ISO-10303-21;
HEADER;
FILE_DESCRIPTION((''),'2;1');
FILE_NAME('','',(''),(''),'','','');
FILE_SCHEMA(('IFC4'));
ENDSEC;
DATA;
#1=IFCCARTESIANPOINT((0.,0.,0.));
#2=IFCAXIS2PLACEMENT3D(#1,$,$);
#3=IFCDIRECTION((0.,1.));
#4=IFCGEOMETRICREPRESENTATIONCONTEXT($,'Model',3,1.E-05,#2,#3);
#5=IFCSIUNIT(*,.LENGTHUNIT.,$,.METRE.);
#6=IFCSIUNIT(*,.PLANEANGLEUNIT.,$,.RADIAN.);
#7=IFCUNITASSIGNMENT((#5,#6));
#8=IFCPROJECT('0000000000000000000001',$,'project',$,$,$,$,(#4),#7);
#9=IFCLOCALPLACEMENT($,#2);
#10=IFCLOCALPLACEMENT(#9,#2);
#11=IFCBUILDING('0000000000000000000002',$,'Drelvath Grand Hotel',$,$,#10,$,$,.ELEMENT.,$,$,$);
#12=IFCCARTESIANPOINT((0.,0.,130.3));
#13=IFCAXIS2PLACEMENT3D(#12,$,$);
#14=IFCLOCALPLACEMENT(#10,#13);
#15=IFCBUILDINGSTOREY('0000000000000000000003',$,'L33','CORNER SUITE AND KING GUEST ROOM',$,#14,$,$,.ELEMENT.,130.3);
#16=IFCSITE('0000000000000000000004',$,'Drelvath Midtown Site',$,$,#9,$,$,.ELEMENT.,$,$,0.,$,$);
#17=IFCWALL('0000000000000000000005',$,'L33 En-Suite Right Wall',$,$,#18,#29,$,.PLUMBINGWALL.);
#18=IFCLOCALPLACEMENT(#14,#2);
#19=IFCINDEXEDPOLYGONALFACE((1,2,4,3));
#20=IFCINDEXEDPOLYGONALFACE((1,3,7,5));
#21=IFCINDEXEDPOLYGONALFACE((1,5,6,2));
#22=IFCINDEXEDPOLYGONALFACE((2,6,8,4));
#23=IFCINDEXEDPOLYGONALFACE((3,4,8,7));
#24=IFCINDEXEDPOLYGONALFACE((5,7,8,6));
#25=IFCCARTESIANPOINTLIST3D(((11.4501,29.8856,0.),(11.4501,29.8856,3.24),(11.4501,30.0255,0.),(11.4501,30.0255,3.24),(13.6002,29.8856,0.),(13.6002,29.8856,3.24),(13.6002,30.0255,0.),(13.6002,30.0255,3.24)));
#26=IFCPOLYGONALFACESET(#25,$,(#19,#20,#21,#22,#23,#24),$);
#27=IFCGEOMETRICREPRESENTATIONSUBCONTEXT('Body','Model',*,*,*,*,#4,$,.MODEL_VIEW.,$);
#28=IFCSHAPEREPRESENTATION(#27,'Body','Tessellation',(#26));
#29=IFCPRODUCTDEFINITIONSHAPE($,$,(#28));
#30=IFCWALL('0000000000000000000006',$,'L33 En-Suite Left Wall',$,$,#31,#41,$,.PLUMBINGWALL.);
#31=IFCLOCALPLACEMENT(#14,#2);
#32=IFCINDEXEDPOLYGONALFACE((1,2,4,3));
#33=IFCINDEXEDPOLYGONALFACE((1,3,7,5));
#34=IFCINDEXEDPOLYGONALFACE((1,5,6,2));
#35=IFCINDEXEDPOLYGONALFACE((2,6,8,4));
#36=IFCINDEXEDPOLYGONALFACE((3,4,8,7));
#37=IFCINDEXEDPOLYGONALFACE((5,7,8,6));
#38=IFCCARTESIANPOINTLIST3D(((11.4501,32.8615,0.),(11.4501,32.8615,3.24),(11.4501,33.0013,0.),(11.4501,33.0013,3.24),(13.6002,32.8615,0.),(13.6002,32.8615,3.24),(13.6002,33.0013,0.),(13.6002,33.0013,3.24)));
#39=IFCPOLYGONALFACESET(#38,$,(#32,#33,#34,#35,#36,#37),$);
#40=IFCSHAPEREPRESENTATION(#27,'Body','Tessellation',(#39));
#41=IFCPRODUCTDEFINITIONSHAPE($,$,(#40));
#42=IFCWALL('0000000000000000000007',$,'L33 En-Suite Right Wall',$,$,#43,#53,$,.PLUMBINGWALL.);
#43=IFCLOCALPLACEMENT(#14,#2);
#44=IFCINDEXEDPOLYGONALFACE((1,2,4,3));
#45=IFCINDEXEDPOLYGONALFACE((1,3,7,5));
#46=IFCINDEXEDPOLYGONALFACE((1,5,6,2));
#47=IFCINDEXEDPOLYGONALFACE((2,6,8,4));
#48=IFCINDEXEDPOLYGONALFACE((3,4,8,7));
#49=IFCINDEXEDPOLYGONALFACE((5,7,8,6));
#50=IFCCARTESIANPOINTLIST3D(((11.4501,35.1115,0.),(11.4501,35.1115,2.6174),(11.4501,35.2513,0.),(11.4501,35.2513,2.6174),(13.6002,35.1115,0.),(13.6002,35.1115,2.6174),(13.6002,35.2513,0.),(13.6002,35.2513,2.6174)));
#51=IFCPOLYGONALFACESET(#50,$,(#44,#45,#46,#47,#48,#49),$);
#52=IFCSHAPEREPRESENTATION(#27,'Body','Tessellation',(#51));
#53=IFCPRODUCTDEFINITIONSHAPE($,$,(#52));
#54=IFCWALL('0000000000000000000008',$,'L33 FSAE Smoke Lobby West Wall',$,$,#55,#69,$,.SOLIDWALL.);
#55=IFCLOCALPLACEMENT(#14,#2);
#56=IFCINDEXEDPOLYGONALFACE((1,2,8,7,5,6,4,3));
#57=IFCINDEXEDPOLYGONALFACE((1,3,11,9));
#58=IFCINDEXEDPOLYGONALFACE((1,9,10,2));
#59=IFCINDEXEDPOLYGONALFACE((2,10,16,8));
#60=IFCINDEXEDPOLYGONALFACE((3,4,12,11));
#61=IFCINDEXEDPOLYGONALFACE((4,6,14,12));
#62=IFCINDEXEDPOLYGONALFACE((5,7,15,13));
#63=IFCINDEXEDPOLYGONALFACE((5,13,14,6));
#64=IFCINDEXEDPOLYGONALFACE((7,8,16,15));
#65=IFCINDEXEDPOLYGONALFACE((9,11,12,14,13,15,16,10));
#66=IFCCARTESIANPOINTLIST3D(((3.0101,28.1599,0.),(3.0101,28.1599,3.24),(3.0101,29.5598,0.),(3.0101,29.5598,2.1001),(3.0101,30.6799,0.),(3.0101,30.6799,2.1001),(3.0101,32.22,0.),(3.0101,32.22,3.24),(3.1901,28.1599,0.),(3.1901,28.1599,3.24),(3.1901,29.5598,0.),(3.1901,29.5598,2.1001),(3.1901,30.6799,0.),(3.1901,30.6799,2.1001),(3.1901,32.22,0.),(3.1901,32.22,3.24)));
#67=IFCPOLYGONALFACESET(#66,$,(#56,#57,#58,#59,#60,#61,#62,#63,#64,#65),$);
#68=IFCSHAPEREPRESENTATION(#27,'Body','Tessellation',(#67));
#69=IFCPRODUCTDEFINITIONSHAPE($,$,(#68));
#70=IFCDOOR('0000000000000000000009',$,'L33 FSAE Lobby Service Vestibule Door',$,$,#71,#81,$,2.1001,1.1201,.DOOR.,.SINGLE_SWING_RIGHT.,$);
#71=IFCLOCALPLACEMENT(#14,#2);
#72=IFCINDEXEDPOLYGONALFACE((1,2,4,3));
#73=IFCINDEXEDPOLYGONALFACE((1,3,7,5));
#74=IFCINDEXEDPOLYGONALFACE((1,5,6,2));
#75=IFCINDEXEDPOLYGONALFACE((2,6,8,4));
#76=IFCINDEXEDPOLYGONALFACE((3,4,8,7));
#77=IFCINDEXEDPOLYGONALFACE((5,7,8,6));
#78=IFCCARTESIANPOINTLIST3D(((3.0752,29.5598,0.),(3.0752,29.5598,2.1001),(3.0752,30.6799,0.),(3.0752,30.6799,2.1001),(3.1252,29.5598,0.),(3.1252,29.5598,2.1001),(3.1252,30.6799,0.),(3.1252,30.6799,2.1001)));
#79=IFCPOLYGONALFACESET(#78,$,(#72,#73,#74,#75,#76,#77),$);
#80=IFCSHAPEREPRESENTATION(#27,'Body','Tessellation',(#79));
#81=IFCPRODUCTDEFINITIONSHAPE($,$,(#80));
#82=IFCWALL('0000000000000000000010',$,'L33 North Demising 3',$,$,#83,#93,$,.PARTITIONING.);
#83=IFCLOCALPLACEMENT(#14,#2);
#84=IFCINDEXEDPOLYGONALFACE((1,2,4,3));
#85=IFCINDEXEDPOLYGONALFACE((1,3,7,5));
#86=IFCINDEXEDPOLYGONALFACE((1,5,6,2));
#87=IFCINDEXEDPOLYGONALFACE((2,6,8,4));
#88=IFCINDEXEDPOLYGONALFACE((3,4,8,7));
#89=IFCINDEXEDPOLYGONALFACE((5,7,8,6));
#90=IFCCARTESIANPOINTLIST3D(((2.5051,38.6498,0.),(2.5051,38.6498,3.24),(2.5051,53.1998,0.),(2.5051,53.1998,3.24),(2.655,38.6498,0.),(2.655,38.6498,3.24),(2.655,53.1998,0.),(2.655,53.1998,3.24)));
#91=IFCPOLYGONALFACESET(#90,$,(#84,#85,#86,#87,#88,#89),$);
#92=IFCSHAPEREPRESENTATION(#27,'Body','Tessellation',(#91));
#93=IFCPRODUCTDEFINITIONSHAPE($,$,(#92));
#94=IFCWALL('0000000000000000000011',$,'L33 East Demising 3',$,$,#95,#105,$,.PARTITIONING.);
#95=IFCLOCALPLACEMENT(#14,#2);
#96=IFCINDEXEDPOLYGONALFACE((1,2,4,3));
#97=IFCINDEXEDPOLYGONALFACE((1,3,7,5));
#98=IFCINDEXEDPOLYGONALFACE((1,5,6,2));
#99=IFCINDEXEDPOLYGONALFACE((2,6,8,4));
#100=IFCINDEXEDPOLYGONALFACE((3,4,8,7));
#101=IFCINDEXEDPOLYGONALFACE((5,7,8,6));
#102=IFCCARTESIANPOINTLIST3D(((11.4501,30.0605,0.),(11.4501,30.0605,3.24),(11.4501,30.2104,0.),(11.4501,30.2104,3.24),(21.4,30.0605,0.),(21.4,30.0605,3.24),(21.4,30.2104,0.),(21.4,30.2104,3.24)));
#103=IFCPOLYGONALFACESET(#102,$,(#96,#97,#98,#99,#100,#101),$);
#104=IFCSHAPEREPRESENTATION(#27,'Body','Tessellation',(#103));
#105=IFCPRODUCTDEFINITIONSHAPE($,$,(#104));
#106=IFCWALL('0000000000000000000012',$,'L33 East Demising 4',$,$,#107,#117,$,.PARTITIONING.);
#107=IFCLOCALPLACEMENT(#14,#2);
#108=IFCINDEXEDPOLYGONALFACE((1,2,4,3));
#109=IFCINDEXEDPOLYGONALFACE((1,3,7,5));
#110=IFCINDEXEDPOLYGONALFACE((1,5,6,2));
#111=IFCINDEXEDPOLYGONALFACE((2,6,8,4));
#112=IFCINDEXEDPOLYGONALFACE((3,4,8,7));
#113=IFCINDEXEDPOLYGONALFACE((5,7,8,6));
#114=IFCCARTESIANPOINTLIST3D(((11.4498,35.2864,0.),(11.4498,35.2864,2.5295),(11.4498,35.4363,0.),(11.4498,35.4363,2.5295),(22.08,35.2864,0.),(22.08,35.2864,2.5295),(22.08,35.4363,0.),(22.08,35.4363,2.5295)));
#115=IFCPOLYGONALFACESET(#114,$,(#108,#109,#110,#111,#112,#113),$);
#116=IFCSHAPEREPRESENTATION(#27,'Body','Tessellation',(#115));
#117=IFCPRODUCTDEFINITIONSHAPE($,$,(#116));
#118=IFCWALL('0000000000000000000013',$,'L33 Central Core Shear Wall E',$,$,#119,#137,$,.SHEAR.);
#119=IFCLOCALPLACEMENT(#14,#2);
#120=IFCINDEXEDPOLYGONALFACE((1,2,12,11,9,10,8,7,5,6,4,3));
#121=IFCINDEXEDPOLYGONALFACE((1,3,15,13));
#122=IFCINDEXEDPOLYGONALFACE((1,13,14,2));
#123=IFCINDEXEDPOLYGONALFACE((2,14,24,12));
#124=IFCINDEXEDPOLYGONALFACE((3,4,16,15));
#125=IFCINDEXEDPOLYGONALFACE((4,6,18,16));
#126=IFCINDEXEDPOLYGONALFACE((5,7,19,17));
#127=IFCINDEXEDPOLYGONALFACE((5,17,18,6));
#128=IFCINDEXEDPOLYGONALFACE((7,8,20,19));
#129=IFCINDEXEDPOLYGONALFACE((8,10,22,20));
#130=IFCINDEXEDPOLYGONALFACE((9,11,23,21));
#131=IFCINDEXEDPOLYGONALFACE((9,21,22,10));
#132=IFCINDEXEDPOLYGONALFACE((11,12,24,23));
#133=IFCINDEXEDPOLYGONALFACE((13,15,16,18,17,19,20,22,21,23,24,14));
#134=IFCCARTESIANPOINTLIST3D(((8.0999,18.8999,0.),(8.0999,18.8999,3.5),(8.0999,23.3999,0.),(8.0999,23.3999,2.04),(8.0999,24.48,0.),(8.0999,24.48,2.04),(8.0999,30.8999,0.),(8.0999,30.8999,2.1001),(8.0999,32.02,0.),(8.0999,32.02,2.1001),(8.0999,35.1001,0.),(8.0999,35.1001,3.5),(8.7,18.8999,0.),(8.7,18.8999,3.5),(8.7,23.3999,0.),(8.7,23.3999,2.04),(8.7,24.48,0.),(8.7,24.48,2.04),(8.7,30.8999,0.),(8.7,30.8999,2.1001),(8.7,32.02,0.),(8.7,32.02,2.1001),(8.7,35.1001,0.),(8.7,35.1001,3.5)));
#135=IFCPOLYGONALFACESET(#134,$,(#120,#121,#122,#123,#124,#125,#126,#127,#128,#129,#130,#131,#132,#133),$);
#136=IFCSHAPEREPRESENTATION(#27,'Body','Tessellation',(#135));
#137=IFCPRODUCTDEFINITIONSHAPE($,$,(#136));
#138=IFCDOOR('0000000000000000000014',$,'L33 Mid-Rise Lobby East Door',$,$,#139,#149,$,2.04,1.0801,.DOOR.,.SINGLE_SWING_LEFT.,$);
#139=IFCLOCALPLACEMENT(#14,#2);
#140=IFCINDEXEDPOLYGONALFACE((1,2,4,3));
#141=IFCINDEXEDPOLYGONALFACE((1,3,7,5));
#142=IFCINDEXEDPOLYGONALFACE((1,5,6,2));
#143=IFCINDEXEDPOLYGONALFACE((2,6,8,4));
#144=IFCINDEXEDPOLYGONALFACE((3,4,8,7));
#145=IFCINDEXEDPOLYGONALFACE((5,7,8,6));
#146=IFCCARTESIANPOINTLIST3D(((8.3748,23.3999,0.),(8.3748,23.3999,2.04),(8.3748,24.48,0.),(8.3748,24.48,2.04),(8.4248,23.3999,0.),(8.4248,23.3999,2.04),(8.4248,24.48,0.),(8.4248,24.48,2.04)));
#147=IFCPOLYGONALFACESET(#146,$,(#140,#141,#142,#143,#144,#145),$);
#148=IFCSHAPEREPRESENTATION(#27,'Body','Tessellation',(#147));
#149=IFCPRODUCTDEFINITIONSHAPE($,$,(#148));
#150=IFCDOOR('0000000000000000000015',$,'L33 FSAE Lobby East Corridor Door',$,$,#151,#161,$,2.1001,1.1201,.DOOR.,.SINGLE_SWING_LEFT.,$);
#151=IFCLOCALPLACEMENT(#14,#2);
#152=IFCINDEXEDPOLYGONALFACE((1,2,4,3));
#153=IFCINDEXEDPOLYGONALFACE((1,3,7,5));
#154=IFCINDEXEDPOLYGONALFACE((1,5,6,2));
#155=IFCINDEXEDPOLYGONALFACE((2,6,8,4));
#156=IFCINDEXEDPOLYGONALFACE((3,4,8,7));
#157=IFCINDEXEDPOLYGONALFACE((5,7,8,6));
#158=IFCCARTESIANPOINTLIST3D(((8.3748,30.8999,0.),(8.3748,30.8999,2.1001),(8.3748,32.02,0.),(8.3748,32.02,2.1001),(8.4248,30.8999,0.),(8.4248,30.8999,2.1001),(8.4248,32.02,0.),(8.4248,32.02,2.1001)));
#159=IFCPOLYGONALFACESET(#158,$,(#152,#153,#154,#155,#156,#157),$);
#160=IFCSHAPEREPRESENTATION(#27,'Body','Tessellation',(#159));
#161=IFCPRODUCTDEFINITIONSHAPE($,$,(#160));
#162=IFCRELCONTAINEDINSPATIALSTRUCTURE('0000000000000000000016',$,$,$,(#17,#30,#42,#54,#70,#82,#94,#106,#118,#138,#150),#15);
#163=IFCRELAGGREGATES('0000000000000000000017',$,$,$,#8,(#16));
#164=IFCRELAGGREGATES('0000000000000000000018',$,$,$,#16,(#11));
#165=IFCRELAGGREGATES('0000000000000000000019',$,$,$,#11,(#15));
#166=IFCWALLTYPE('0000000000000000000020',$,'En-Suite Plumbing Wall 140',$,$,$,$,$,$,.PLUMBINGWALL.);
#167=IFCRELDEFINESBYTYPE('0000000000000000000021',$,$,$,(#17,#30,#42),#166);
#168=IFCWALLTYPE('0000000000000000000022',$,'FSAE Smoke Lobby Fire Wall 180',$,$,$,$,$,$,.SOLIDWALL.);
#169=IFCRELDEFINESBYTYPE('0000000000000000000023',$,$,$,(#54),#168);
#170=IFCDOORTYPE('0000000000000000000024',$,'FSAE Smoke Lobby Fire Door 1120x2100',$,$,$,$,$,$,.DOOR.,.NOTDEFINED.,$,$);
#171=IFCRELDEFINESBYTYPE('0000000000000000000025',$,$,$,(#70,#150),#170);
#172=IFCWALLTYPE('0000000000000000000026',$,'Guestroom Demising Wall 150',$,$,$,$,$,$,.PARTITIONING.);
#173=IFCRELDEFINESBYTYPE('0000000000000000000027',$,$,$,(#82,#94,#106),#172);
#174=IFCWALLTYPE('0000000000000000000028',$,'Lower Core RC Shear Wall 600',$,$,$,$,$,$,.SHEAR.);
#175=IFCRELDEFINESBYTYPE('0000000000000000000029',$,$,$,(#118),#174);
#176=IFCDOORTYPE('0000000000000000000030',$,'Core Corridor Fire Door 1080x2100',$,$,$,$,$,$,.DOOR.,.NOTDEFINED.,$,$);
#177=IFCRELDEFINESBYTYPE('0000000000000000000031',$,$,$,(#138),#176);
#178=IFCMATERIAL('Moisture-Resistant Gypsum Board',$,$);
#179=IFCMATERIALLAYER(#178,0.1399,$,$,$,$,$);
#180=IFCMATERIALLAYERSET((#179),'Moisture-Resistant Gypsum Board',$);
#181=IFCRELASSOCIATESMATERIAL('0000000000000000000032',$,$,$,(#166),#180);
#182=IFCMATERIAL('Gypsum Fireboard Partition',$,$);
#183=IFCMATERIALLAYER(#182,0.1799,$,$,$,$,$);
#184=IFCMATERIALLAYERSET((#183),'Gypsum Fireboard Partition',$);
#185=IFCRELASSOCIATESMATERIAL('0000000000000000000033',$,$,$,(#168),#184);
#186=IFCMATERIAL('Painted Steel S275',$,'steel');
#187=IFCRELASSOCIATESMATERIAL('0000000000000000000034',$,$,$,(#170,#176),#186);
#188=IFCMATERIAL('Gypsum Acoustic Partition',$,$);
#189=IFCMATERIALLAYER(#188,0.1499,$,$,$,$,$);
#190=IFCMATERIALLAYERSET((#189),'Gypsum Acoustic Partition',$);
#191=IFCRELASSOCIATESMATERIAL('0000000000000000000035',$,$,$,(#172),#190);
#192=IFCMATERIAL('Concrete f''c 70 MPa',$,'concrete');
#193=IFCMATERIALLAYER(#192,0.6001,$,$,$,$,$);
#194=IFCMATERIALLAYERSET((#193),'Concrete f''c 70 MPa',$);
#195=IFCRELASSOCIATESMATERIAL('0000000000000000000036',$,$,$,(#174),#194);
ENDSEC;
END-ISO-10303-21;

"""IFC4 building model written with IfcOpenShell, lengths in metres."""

from ifc_helpers import new_model, si_unit, direction, frame, frame_2d, origin, place, context, subcontext, project, spatial, rectangle, extrude, material, layer, layer_set, type_object, element, fill, save


model = new_model("IFC4")

# Units and contexts
model_context = context("Model", 3, precision=1e-05, world=origin(), true_north=direction((0.0, 1.0)))
body_context = subcontext(model_context, "Body", "Model", "MODEL_VIEW")
ifc_project = project(units=[si_unit("LENGTHUNIT", "METRE"), si_unit("PLANEANGLEUNIT", "RADIAN")], contexts=[model_context])

# Site, building, storey
site_placement = place(None, origin())
site = spatial("IfcSite", under=ifc_project, at=site_placement, Name="Drelvath Midtown Site", CompositionType="ELEMENT", RefElevation=0.0)
building_placement = place(site_placement, origin())
building = spatial("IfcBuilding", under=site, at=building_placement, Name="Drelvath Grand Hotel", CompositionType="ELEMENT")
storey_placement = place(building_placement, frame((0.0, 0.0, 130.3)))
storey = spatial("IfcBuildingStorey", under=building, at=storey_placement, Name="L33", Description="CORNER SUITE AND KING GUEST ROOM", CompositionType="ELEMENT", Elevation=130.3)

# Shared definitions
ifc_material_1 = material(Name="Concrete f'c 70 MPa", Category="concrete")

# Shared definitions
ifc_material_2 = material(Name="Painted Steel S275", Category="steel")

# Walls
ifc_material_3 = material(Name="Gypsum Fireboard Partition")
ifc_material_4 = material(Name="Moisture-Resistant Gypsum Board")
ifc_layer_1 = layer(ifc_material_4, 0.1399)
ifc_layer_set_1 = layer_set([ifc_layer_1], Name="Moisture-Resistant Gypsum Board")
wall_type_1 = type_object("IfcWallType", Name="En-Suite Plumbing Wall 140", PredefinedType="PLUMBINGWALL", material=ifc_layer_set_1)
for number, where, z_axis, x_axis, name in (
    (1, (11.45, 29.9556, 0.0), (0.0, 0.0, 1.0), (1.0, 0.0, 0.0), "L33 En-Suite Right Wall"),
    (2, (11.45, 32.9314, 0.0), (0.0, 0.0, 1.0), (1.0, 0.0, 0.0), "L33 En-Suite Left Wall"),
):
    element("IfcWall", number, at=place(storey_placement, frame(where, z_axis=z_axis, x_axis=x_axis)), inside=storey, type_object=wall_type_1, Name=name, PredefinedType="PLUMBINGWALL", context=body_context, shape_type="SweptSolid", body=[
        extrude(rectangle(XDim=2.1501, YDim=0.1399, at=frame_2d((1.0752, 0.0))), origin(), (0.0, 0.0, 1.0), 3.24),
    ])
wall_1_placement = place(storey_placement, frame((11.45, 35.1814, 0.0), z_axis=(0.0, 0.0, 1.0), x_axis=(1.0, 0.0, 0.0)))
element("IfcWall", 3, at=wall_1_placement, inside=storey, type_object=wall_type_1, Name="L33 En-Suite Right Wall", PredefinedType="PLUMBINGWALL", context=body_context, shape_type="SweptSolid", body=[
    extrude(rectangle(XDim=2.1501, YDim=0.1399, at=frame_2d((1.0752, 0.0))), origin(), (0.0, 0.0, 1.0), 2.6174),
])

# Wall, opening, door
ifc_layer_2 = layer(ifc_material_3, 0.1799)
ifc_layer_set_2 = layer_set([ifc_layer_2], Name="Gypsum Fireboard Partition")
wall_type_2 = type_object("IfcWallType", Name="FSAE Smoke Lobby Fire Wall 180", PredefinedType="SOLIDWALL", material=ifc_layer_set_2)
wall_2_placement = place(storey_placement, frame((3.1001, 28.1599, 0.0), z_axis=(0.0, 0.0, 1.0), x_axis=(0.0, 1.0, 0.0)))
wall_2 = element("IfcWall", 4, at=wall_2_placement, inside=storey, type_object=wall_type_2, Name="L33 FSAE Smoke Lobby West Wall", PredefinedType="SOLIDWALL", context=body_context, shape_type="SweptSolid", body=[
    extrude(rectangle(XDim=4.0601, YDim=0.1799, at=frame_2d((2.03, 0.0))), origin(), (0.0, 0.0, 1.0), 3.24),
])
opening_1_placement = place(wall_2_placement, frame((1.3999, 0.0, 0.0)))
opening_1 = element("IfcOpeningElement", 5, at=opening_1_placement, cuts=wall_2, PredefinedType="OPENING", context=body_context, shape_type="SweptSolid", body=[
    extrude(rectangle(XDim=1.1201, YDim=2.1001, at=frame_2d((0.5601, 1.05))), frame((0.0, 0.0999, 0.0), z_axis=(0.0, -1.0, 0.0), x_axis=(1.0, 0.0, 0.0)), (0.0, 0.0, 1.0), 0.2),
])
door_type_1 = type_object("IfcDoorType", Name="FSAE Smoke Lobby Fire Door 1120x2100", OperationType="NOTDEFINED", PredefinedType="DOOR", material=ifc_material_2)
door_1_placement = place(opening_1_placement, origin())
door_1 = element("IfcDoor", 6, at=door_1_placement, inside=storey, type_object=door_type_1, Name="L33 FSAE Lobby Service Vestibule Door", OperationType="SINGLE_SWING_RIGHT", OverallHeight=2.1001, OverallWidth=1.1201, PredefinedType="DOOR", context=body_context, shape_type="SweptSolid", body=[
    extrude(rectangle(XDim=1.1201, YDim=2.1001, at=frame_2d((0.5601, 1.05))), frame((0.0, 0.0249, 0.0), z_axis=(0.0, -1.0, 0.0), x_axis=(1.0, 0.0, 0.0)), (0.0, 0.0, 1.0), 0.05),
])
fill(opening_1, door_1)

# Walls
ifc_material_5 = material(Name="Gypsum Acoustic Partition")
ifc_layer_3 = layer(ifc_material_5, 0.1499)
ifc_layer_set_3 = layer_set([ifc_layer_3], Name="Gypsum Acoustic Partition")
wall_type_3 = type_object("IfcWallType", Name="Guestroom Demising Wall 150", PredefinedType="PARTITIONING", material=ifc_layer_set_3)
wall_3_placement = place(storey_placement, frame((2.5801, 38.6499, 0.0), z_axis=(0.0, 0.0, 1.0), x_axis=(0.0, 1.0, 0.0)))
element("IfcWall", 7, at=wall_3_placement, inside=storey, type_object=wall_type_3, Name="L33 North Demising 3", PredefinedType="PARTITIONING", context=body_context, shape_type="SweptSolid", body=[
    extrude(rectangle(XDim=14.55, YDim=0.1499, at=frame_2d((7.2749, 0.0))), origin(), (0.0, 0.0, 1.0), 3.24),
])
wall_4_placement = place(storey_placement, frame((11.45, 30.1355, 0.0), z_axis=(0.0, 0.0, 1.0), x_axis=(1.0, 0.0, 0.0)))
element("IfcWall", 8, at=wall_4_placement, inside=storey, type_object=wall_type_3, Name="L33 East Demising 3", PredefinedType="PARTITIONING", context=body_context, shape_type="SweptSolid", body=[
    extrude(rectangle(XDim=9.95, YDim=0.1499, at=frame_2d((4.9751, 0.0))), origin(), (0.0, 0.0, 1.0), 3.24),
])
wall_5_placement = place(storey_placement, frame((11.45, 35.3613, 0.0), z_axis=(0.0, 0.0, 1.0), x_axis=(1.0, 0.0, 0.0)))
element("IfcWall", 9, at=wall_5_placement, inside=storey, type_object=wall_type_3, Name="L33 East Demising 4", PredefinedType="PARTITIONING", context=body_context, shape_type="SweptSolid", body=[
    extrude(rectangle(XDim=10.6301, YDim=0.1499, at=frame_2d((5.3149, 0.0))), origin(), (0.0, 0.0, 1.0), 2.5295),
])

# Wall, openings, doors
ifc_layer_4 = layer(ifc_material_1, 0.6001)
ifc_layer_set_4 = layer_set([ifc_layer_4], Name="Concrete f'c 70 MPa")
wall_type_4 = type_object("IfcWallType", Name="Lower Core RC Shear Wall 600", PredefinedType="SHEAR", material=ifc_layer_set_4)
wall_6_placement = place(storey_placement, frame((8.3999, 35.1001, 0.0), z_axis=(0.0, 0.0, 1.0), x_axis=(0.0, -1.0, 0.0)))
wall_6 = element("IfcWall", 10, at=wall_6_placement, inside=storey, type_object=wall_type_4, Name="L33 Central Core Shear Wall E", PredefinedType="SHEAR", context=body_context, shape_type="SweptSolid", body=[
    extrude(rectangle(XDim=16.2002, YDim=0.6001, at=frame_2d((8.1001, 0.0))), origin(), (0.0, 0.0, 1.0), 3.5),
])
opening_2_placement = place(wall_6_placement, frame((3.0801, 0.0, 0.0)))
opening_2 = element("IfcOpeningElement", 11, at=opening_2_placement, cuts=wall_6, PredefinedType="OPENING", context=body_context, shape_type="SweptSolid", body=[
    extrude(rectangle(XDim=1.1201, YDim=2.1001, at=frame_2d((0.5601, 1.05))), frame((0.0, 0.3101, 0.0), z_axis=(0.0, -1.0, 0.0), x_axis=(1.0, 0.0, 0.0)), (0.0, 0.0, 1.0), 0.6201),
])
opening_3_placement = place(wall_6_placement, frame((10.6201, 0.0, 0.0)))
opening_3 = element("IfcOpeningElement", 12, at=opening_3_placement, cuts=wall_6, PredefinedType="OPENING", context=body_context, shape_type="SweptSolid", body=[
    extrude(rectangle(XDim=1.0801, YDim=2.04, at=frame_2d((0.54, 1.02))), frame((0.0, 0.3101, 0.0), z_axis=(0.0, -1.0, 0.0), x_axis=(1.0, 0.0, 0.0)), (0.0, 0.0, 1.0), 0.6201),
])
door_type_2 = type_object("IfcDoorType", Name="Core Corridor Fire Door 1080x2100", OperationType="NOTDEFINED", PredefinedType="DOOR", material=ifc_material_2)
door_2_placement = place(opening_3_placement, origin())
door_2 = element("IfcDoor", 13, at=door_2_placement, inside=storey, type_object=door_type_2, Name="L33 Mid-Rise Lobby East Door", OperationType="SINGLE_SWING_LEFT", OverallHeight=2.04, OverallWidth=1.0801, PredefinedType="DOOR", context=body_context, shape_type="SweptSolid", body=[
    extrude(rectangle(XDim=1.0801, YDim=2.04, at=frame_2d((0.54, 1.02))), frame((0.0, 0.0249, 0.0), z_axis=(0.0, -1.0, 0.0), x_axis=(1.0, 0.0, 0.0)), (0.0, 0.0, 1.0), 0.05),
])
fill(opening_3, door_2)
door_3_placement = place(opening_2_placement, origin())
door_3 = element("IfcDoor", 14, at=door_3_placement, inside=storey, type_object=door_type_1, Name="L33 FSAE Lobby East Corridor Door", OperationType="SINGLE_SWING_LEFT", OverallHeight=2.1001, OverallWidth=1.1201, PredefinedType="DOOR", context=body_context, shape_type="SweptSolid", body=[
    extrude(rectangle(XDim=1.1201, YDim=2.1001, at=frame_2d((0.5601, 1.05))), frame((0.0, 0.0249, 0.0), z_axis=(0.0, -1.0, 0.0), x_axis=(1.0, 0.0, 0.0)), (0.0, 0.0, 1.0), 0.05),
])
fill(opening_2, door_3)

save(model, "model.ifc")
